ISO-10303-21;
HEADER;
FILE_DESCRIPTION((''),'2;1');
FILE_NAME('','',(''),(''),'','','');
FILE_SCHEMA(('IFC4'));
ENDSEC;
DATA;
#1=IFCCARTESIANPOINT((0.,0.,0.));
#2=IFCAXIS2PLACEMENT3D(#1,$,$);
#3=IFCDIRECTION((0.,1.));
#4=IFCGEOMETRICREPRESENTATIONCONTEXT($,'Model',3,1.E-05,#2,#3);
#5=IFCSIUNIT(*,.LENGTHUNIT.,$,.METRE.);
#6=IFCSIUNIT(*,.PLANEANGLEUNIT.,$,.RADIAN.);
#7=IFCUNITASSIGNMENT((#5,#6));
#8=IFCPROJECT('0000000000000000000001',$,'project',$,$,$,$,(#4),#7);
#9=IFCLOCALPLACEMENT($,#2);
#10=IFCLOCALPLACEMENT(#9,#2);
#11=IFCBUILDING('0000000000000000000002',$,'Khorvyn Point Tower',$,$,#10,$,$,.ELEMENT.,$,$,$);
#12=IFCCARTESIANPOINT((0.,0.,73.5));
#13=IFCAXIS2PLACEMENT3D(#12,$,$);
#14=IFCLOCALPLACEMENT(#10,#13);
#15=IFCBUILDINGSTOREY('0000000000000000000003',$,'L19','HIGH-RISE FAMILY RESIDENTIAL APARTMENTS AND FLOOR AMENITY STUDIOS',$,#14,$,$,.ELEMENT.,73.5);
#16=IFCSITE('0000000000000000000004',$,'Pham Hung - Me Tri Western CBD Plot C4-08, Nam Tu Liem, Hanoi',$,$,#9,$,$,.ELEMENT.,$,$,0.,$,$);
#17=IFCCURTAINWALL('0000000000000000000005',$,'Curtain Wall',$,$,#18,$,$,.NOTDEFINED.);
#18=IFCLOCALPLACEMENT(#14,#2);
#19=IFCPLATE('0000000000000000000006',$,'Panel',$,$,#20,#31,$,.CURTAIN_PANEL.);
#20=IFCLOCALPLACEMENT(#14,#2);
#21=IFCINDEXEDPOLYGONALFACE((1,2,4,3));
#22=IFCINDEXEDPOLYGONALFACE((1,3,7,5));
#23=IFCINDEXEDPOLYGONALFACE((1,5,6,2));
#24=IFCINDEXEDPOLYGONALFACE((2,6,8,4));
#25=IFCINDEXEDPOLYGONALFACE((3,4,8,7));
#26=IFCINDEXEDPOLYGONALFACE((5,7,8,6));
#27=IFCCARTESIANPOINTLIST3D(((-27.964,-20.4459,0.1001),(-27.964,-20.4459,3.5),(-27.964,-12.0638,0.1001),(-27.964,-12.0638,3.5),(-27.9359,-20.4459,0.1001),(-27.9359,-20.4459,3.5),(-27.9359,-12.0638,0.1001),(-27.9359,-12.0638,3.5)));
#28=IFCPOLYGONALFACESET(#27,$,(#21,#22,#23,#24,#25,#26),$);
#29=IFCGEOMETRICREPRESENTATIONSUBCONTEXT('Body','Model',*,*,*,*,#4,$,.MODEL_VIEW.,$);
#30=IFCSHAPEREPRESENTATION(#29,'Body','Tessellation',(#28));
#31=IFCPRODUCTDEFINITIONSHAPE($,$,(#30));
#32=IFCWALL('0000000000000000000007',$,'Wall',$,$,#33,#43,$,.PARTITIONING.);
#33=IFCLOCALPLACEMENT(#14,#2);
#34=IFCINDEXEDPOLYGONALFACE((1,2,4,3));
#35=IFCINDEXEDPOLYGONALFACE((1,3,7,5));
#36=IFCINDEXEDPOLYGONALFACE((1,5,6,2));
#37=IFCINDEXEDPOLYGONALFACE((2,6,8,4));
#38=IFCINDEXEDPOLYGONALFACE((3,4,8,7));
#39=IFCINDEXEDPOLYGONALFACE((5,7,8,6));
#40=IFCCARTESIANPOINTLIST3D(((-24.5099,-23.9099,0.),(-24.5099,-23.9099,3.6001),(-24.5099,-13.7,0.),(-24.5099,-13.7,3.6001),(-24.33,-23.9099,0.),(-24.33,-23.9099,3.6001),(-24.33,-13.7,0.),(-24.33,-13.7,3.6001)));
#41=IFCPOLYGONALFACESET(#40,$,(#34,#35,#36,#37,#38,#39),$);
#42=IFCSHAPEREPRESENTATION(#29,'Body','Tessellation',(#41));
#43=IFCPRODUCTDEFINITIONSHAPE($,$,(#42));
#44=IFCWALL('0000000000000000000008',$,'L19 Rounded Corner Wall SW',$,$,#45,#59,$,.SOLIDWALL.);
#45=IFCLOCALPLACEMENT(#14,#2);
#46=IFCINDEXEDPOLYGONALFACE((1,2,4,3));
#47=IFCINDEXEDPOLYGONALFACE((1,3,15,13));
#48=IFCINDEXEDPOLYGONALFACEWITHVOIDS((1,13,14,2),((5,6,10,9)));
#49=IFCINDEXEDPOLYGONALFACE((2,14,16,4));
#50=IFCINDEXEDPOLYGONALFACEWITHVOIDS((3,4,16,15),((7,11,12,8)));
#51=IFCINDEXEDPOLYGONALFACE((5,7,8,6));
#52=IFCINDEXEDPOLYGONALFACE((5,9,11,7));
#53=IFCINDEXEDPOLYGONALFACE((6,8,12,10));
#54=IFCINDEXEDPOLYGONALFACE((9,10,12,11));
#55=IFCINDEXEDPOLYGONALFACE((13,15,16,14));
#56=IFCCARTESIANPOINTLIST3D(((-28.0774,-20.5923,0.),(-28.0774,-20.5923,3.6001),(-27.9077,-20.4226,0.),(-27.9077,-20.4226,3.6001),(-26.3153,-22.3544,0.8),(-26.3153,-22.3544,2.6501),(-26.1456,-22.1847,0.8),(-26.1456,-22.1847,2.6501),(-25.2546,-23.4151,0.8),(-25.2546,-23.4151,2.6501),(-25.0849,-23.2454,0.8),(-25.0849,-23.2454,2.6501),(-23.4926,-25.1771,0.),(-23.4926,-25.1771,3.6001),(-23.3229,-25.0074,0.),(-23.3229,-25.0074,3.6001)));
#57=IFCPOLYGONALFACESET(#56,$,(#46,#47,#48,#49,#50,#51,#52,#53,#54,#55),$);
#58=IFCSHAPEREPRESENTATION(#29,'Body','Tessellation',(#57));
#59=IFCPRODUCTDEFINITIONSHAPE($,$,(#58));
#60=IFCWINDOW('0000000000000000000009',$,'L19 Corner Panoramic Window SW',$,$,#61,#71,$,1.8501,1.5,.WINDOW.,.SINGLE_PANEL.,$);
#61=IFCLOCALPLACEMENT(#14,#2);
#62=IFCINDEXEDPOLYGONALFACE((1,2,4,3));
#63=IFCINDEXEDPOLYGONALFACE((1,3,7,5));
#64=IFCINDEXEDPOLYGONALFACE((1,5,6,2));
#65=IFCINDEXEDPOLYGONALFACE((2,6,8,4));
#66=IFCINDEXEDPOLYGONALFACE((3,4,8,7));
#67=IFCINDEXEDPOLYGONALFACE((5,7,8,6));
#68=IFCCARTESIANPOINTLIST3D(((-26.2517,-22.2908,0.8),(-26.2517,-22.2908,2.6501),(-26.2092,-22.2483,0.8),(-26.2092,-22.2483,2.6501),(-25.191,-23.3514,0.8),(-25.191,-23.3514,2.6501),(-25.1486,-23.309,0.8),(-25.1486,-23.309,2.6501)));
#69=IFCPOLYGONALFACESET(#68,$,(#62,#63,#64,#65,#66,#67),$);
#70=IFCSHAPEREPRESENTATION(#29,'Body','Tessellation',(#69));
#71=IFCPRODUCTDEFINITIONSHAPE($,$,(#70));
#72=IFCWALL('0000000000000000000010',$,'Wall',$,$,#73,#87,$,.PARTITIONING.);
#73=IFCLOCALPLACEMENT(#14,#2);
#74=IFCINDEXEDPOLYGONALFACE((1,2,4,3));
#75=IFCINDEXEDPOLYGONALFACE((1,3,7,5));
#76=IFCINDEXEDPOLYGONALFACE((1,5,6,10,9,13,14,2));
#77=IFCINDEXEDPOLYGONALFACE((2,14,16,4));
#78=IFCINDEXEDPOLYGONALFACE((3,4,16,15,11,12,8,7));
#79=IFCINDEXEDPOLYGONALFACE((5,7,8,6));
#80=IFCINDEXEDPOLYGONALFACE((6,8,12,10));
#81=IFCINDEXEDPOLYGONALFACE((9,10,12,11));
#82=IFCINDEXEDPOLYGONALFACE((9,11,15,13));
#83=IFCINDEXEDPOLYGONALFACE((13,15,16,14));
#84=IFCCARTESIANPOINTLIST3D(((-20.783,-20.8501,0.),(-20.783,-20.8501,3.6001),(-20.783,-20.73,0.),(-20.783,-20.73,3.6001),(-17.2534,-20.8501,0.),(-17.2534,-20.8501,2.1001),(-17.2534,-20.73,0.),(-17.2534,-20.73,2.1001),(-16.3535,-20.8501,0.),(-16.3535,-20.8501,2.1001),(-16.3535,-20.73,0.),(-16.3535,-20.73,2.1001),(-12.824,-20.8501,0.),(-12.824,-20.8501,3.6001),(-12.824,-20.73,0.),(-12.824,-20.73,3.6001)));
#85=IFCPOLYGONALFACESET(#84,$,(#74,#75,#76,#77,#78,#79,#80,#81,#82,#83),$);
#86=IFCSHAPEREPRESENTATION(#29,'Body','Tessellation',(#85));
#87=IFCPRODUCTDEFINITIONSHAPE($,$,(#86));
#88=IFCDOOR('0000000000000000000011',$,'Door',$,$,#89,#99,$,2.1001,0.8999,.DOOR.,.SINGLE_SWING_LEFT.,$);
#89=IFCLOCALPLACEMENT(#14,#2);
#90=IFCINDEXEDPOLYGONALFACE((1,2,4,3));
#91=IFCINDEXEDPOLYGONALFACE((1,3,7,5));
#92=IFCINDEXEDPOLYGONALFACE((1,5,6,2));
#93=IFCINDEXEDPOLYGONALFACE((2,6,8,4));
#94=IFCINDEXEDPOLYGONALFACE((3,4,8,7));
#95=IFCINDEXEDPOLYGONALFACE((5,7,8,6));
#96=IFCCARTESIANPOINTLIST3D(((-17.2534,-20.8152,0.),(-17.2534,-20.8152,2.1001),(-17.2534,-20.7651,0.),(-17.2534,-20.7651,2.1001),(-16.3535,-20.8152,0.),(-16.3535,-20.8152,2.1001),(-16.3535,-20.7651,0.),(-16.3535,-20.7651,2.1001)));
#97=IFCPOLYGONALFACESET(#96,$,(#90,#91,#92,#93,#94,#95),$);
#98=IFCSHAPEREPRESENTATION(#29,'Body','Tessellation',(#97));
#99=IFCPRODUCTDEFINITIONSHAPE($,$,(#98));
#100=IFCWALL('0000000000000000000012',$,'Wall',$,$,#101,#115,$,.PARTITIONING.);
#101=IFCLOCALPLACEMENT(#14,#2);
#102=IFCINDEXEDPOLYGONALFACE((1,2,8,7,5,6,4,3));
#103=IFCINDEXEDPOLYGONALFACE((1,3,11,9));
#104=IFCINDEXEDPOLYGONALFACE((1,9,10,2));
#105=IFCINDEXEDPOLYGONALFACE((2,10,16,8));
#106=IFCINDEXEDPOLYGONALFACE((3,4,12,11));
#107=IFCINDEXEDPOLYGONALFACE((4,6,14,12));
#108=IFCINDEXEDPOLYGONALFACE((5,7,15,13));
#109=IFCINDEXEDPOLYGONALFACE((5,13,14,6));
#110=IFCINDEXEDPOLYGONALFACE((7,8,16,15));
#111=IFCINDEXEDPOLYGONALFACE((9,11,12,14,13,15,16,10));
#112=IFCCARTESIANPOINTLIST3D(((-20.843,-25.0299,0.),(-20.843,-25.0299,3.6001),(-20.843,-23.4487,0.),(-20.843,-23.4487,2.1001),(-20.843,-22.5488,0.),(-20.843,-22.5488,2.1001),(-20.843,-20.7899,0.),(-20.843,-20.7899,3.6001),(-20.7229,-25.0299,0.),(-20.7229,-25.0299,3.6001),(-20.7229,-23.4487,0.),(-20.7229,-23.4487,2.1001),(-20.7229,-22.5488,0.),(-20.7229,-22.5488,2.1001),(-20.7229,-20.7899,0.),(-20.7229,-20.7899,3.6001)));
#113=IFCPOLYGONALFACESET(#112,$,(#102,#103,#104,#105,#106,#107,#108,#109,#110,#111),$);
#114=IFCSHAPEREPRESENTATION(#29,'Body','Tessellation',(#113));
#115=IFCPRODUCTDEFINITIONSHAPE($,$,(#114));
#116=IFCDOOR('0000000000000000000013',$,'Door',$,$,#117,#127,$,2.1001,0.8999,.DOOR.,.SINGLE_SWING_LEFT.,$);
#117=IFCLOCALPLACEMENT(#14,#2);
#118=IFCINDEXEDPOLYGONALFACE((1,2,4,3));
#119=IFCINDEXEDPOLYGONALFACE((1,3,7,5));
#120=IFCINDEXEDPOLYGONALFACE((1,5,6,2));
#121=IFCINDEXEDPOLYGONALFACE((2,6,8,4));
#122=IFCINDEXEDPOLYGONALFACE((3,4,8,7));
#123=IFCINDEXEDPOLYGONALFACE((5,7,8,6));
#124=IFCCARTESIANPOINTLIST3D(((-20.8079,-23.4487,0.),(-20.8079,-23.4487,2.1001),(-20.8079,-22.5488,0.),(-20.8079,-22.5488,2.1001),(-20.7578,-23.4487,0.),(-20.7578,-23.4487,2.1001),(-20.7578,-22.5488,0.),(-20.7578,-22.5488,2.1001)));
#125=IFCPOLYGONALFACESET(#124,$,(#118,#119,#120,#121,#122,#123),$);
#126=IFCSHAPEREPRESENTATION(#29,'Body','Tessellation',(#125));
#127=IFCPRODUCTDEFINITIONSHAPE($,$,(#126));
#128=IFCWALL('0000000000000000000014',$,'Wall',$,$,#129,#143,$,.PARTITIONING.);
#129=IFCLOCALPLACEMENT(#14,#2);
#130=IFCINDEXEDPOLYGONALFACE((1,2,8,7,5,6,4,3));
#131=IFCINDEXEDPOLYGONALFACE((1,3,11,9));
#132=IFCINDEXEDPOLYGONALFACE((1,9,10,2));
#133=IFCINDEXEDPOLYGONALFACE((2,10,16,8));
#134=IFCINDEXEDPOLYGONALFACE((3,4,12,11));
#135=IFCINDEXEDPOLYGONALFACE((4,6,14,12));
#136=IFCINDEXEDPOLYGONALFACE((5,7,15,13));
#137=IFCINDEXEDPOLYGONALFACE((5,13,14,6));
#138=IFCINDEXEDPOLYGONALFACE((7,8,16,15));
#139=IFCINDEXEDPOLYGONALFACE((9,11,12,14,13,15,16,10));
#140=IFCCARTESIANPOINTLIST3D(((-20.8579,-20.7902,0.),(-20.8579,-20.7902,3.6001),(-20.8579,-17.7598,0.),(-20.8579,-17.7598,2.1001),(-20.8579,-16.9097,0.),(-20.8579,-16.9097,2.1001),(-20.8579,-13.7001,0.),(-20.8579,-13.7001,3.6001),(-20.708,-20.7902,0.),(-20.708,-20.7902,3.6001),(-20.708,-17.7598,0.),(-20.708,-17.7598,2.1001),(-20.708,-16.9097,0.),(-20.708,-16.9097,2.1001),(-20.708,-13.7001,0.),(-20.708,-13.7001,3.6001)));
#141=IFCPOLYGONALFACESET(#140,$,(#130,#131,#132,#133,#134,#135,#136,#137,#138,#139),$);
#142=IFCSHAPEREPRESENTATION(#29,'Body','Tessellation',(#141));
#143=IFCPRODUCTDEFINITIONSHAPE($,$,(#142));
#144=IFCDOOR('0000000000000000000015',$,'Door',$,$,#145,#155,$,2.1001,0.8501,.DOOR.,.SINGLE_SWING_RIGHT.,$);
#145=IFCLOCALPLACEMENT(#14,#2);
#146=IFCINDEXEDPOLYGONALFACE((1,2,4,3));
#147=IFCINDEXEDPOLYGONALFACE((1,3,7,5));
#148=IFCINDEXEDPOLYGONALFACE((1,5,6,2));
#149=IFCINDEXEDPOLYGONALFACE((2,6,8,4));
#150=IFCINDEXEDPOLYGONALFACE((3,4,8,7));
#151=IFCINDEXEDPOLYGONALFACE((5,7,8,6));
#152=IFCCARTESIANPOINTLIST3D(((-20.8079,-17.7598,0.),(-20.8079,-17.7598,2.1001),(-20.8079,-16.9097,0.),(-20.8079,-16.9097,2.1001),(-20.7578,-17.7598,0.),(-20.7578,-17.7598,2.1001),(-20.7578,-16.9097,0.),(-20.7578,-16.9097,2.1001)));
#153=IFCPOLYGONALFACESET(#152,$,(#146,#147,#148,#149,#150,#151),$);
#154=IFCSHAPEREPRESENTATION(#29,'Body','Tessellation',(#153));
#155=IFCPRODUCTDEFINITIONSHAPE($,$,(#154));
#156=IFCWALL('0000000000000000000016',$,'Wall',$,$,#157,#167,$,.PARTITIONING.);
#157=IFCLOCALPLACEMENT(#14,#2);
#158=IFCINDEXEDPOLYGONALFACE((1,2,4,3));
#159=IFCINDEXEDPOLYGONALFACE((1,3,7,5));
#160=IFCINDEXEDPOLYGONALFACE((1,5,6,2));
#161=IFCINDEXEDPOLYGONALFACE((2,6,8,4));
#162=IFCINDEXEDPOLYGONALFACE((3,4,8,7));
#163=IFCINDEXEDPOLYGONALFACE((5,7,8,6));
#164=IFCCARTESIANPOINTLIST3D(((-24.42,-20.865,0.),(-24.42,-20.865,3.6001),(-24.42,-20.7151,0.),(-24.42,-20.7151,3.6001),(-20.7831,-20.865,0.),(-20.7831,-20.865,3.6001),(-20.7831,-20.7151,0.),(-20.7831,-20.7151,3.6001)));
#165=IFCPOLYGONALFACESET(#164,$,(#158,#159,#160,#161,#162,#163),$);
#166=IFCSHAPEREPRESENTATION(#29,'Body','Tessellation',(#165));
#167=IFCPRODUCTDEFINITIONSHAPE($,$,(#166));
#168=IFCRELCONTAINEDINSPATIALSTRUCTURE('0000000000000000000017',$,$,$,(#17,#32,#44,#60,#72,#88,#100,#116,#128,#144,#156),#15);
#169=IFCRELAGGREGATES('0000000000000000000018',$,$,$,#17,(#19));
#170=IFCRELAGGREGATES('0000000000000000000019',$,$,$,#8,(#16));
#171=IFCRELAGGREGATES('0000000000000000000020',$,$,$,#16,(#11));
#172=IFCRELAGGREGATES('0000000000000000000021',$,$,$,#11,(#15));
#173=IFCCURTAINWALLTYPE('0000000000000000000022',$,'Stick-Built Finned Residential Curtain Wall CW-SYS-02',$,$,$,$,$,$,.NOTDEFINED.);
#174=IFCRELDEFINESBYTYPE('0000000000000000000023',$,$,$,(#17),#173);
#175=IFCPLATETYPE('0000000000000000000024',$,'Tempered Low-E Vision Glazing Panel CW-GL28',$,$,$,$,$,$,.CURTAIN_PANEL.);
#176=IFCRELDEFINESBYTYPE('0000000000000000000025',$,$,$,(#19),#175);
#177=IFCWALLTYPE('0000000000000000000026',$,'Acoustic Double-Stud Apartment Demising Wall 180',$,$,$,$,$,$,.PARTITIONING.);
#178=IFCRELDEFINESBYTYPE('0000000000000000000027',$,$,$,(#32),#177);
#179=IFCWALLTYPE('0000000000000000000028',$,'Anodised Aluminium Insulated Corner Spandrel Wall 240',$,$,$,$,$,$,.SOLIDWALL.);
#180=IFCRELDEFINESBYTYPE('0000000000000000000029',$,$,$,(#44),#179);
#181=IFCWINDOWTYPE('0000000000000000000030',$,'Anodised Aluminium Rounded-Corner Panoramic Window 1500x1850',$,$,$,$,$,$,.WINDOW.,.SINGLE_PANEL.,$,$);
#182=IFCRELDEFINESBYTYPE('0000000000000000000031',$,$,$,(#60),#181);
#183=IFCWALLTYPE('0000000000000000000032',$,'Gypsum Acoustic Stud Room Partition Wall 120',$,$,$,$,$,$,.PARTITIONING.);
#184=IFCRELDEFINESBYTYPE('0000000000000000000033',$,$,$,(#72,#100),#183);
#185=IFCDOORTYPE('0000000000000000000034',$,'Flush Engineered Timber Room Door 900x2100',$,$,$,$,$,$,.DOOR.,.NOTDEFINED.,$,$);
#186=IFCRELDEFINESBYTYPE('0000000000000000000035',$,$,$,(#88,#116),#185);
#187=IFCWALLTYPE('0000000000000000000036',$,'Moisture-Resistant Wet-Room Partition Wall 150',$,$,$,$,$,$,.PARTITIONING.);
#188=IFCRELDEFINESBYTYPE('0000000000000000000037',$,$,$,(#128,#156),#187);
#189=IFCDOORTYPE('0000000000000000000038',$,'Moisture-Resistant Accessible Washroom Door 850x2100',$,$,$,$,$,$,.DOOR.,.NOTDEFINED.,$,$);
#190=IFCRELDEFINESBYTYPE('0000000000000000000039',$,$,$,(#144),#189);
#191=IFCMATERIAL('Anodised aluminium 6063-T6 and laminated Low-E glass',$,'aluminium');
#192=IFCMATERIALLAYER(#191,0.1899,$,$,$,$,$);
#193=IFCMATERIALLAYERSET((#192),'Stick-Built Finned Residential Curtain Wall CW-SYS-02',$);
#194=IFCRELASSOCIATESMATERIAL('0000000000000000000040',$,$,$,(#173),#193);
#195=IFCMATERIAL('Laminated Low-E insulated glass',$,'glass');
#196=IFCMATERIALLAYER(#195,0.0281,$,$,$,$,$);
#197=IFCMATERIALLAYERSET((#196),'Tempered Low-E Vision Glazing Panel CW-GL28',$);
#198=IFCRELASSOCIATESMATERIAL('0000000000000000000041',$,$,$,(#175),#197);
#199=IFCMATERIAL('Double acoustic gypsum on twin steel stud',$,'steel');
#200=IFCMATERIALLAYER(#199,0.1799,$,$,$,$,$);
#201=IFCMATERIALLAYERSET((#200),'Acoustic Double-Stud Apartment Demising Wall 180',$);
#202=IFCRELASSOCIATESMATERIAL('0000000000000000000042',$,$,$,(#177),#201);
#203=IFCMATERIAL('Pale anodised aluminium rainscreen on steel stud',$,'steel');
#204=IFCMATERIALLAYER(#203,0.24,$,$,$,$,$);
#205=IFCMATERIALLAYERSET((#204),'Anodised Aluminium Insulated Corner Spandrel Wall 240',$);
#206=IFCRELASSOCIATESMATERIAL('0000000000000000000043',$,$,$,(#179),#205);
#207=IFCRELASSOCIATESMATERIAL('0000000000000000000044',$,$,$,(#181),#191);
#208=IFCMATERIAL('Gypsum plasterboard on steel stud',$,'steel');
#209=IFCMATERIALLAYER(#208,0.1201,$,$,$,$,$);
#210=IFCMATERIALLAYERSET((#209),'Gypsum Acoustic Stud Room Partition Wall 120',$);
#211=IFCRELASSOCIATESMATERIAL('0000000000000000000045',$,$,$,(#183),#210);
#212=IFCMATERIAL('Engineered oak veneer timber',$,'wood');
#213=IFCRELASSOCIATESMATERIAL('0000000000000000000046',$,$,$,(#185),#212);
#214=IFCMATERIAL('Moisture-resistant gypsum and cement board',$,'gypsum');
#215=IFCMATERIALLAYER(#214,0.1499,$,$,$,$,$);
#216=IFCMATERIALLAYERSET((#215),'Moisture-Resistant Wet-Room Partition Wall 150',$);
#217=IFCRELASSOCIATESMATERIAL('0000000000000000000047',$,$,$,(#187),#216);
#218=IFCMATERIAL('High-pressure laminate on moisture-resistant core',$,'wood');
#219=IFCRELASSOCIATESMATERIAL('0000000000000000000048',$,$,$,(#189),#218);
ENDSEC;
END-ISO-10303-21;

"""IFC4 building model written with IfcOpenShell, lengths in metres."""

from ifc_helpers import new_model, si_unit, direction, frame, frame_2d, origin, origin_2d, place, context, subcontext, project, spatial, rectangle, extrude, material, layer, layer_set, type_object, element, fill, aggregate, save


model = new_model("IFC4")

# Units and contexts
model_context = context("Model", 3, precision=1e-05, world=origin(), true_north=direction((0.0, 1.0)))
body_context = subcontext(model_context, "Body", "Model", "MODEL_VIEW")
ifc_project = project(units=[si_unit("LENGTHUNIT", "METRE"), si_unit("PLANEANGLEUNIT", "RADIAN")], contexts=[model_context])

# Site, building, storey
site_placement = place(None, origin())
site = spatial("IfcSite", under=ifc_project, at=site_placement, Name="Pham Hung - Me Tri Western CBD Plot C4-08, Nam Tu Liem, Hanoi", CompositionType="ELEMENT", RefElevation=0.0)
building_placement = place(site_placement, origin())
building = spatial("IfcBuilding", under=site, at=building_placement, Name="Khorvyn Point Tower", CompositionType="ELEMENT")
storey_placement = place(building_placement, frame((0.0, 0.0, 73.5)))
storey = spatial("IfcBuildingStorey", under=building, at=storey_placement, Name="L19", Description="HIGH-RISE FAMILY RESIDENTIAL APARTMENTS AND FLOOR AMENITY STUDIOS", CompositionType="ELEMENT", Elevation=73.5)

# Shared definitions
ifc_material_1 = material(Name="Anodised aluminium 6063-T6 and laminated Low-E glass", Category="aluminium")
ifc_layer_1 = layer(ifc_material_1, 0.1899)
ifc_layer_set_1 = layer_set([ifc_layer_1], Name="Stick-Built Finned Residential Curtain Wall CW-SYS-02")
curtain_wall_type = type_object("IfcCurtainWallType", Name="Stick-Built Finned Residential Curtain Wall CW-SYS-02", PredefinedType="NOTDEFINED", material=ifc_layer_set_1)

# Curtain wall
curtain_wall_1_placement = place(storey_placement, origin())
curtain_wall_1 = element("IfcCurtainWall", 1, at=curtain_wall_1_placement, inside=storey, type_object=curtain_wall_type, Name="Curtain Wall", PredefinedType="NOTDEFINED")

# Plate
ifc_material_2 = material(Name="Laminated Low-E insulated glass", Category="glass")
ifc_layer_2 = layer(ifc_material_2, 0.0281)
ifc_layer_set_2 = layer_set([ifc_layer_2], Name="Tempered Low-E Vision Glazing Panel CW-GL28")
plate_type = type_object("IfcPlateType", Name="Tempered Low-E Vision Glazing Panel CW-GL28", PredefinedType="CURTAIN_PANEL", material=ifc_layer_set_2)
plate_1_placement = place(storey_placement, frame((-27.95, -16.2549, 0.1001), z_axis=(0.0, 0.0, 1.0), x_axis=(0.0, 1.0, 0.0)))
plate_1 = element("IfcPlate", 2, at=plate_1_placement, type_object=plate_type, Name="Panel", PredefinedType="CURTAIN_PANEL", context=body_context, shape_type="SweptSolid", body=[
    extrude(rectangle(XDim=8.3821, YDim=0.0281, at=origin_2d()), origin(), (0.0, 0.0, 1.0), 3.3999),
])
aggregate(curtain_wall_1, [plate_1])

# Wall
ifc_material_3 = material(Name="Double acoustic gypsum on twin steel stud", Category="steel")
ifc_layer_3 = layer(ifc_material_3, 0.1799)
ifc_layer_set_3 = layer_set([ifc_layer_3], Name="Acoustic Double-Stud Apartment Demising Wall 180")
wall_type_1 = type_object("IfcWallType", Name="Acoustic Double-Stud Apartment Demising Wall 180", PredefinedType="PARTITIONING", material=ifc_layer_set_3)
wall_1_placement = place(storey_placement, frame((-24.4199, -23.9099, 0.0), z_axis=(0.0, 0.0, 1.0), x_axis=(0.0, 1.0, 0.0)))
element("IfcWall", 3, at=wall_1_placement, inside=storey, type_object=wall_type_1, Name="Wall", PredefinedType="PARTITIONING", context=body_context, shape_type="SweptSolid", body=[
    extrude(rectangle(XDim=10.21, YDim=0.1799, at=frame_2d((5.105, 0.0))), origin(), (0.0, 0.0, 1.0), 3.6001),
])

# Wall, opening, window
ifc_material_4 = material(Name="Pale anodised aluminium rainscreen on steel stud", Category="steel")
ifc_layer_4 = layer(ifc_material_4, 0.24)
ifc_layer_set_4 = layer_set([ifc_layer_4], Name="Anodised Aluminium Insulated Corner Spandrel Wall 240")
wall_type_2 = type_object("IfcWallType", Name="Anodised Aluminium Insulated Corner Spandrel Wall 240", PredefinedType="SOLIDWALL", material=ifc_layer_set_4)
wall_2_placement = place(storey_placement, frame((-23.4077, -25.0923, 0.0), z_axis=(0.0, 0.0, 1.0), x_axis=(-0.707107, 0.707107, 0.0)))
wall_2 = element("IfcWall", 4, at=wall_2_placement, inside=storey, type_object=wall_type_2, Name="L19 Rounded Corner Wall SW", PredefinedType="SOLIDWALL", context=body_context, shape_type="SweptSolid", body=[
    extrude(rectangle(XDim=6.4839, YDim=0.24, at=frame_2d((3.2419, 0.0))), origin(), (0.0, 0.0, 1.0), 3.6001),
])
opening_1_placement = place(wall_2_placement, frame((2.4919, 0.0, 0.8)))
opening_1 = element("IfcOpeningElement", 5, at=opening_1_placement, cuts=wall_2, PredefinedType="OPENING", context=body_context, shape_type="SweptSolid", body=[
    extrude(rectangle(XDim=1.5, YDim=1.8501, at=frame_2d((0.75, 0.925))), frame((0.0, 0.1299, 0.0), z_axis=(0.0, -1.0, 0.0), x_axis=(1.0, 0.0, 0.0)), (0.0, 0.0, 1.0), 0.26),
])
window_type = type_object("IfcWindowType", Name="Anodised Aluminium Rounded-Corner Panoramic Window 1500x1850", PartitioningType="SINGLE_PANEL", PredefinedType="WINDOW", material=ifc_material_1)
window_placement = place(opening_1_placement, origin())
window = element("IfcWindow", 6, at=window_placement, inside=storey, type_object=window_type, Name="L19 Corner Panoramic Window SW", OverallHeight=1.8501, OverallWidth=1.5, PartitioningType="SINGLE_PANEL", PredefinedType="WINDOW", context=body_context, shape_type="SweptSolid", body=[
    extrude(rectangle(XDim=1.5, YDim=1.8501, at=frame_2d((0.75, 0.925))), frame((0.0, 0.03, 0.0), z_axis=(0.0, -1.0, 0.0), x_axis=(1.0, 0.0, 0.0)), (0.0, 0.0, 1.0), 0.0601),
])
fill(opening_1, window)

# Walls, openings, doors
ifc_material_5 = material(Name="Gypsum plasterboard on steel stud", Category="steel")
ifc_layer_5 = layer(ifc_material_5, 0.1201)
ifc_layer_set_5 = layer_set([ifc_layer_5], Name="Gypsum Acoustic Stud Room Partition Wall 120")
wall_type_3 = type_object("IfcWallType", Name="Gypsum Acoustic Stud Room Partition Wall 120", PredefinedType="PARTITIONING", material=ifc_layer_set_5)
wall_3_placement = place(storey_placement, frame((-20.783, -20.79, 0.0), z_axis=(0.0, 0.0, 1.0), x_axis=(1.0, 0.0, 0.0)))
wall_3 = element("IfcWall", 7, at=wall_3_placement, inside=storey, type_object=wall_type_3, Name="Wall", PredefinedType="PARTITIONING", context=body_context, shape_type="SweptSolid", body=[
    extrude(rectangle(XDim=7.959, YDim=0.1201, at=frame_2d((3.9795, 0.0))), origin(), (0.0, 0.0, 1.0), 3.6001),
])
opening_2_placement = place(wall_3_placement, frame((3.5295, 0.0, 0.0)))
opening_2 = element("IfcOpeningElement", 8, at=opening_2_placement, cuts=wall_3, PredefinedType="OPENING", context=body_context, shape_type="SweptSolid", body=[
    extrude(rectangle(XDim=0.8999, YDim=2.1001, at=frame_2d((0.45, 1.05))), frame((0.0, 0.0701, 0.0), z_axis=(0.0, -1.0, 0.0), x_axis=(1.0, 0.0, 0.0)), (0.0, 0.0, 1.0), 0.1401),
])
ifc_material_6 = material(Name="Engineered oak veneer timber", Category="wood")
door_type_1 = type_object("IfcDoorType", Name="Flush Engineered Timber Room Door 900x2100", OperationType="NOTDEFINED", PredefinedType="DOOR", material=ifc_material_6)
door_1_placement = place(opening_2_placement, origin())
door_1 = element("IfcDoor", 9, at=door_1_placement, inside=storey, type_object=door_type_1, Name="Door", OperationType="SINGLE_SWING_LEFT", OverallHeight=2.1001, OverallWidth=0.8999, PredefinedType="DOOR", context=body_context, shape_type="SweptSolid", body=[
    extrude(rectangle(XDim=0.8999, YDim=2.1001, at=frame_2d((0.45, 1.05))), frame((0.0, 0.0249, 0.0), z_axis=(0.0, -1.0, 0.0), x_axis=(1.0, 0.0, 0.0)), (0.0, 0.0, 1.0), 0.05),
])
fill(opening_2, door_1)
wall_4_placement = place(storey_placement, frame((-20.783, -25.03, 0.0), z_axis=(0.0, 0.0, 1.0), x_axis=(0.0, 1.0, 0.0)))
wall_4 = element("IfcWall", 10, at=wall_4_placement, inside=storey, type_object=wall_type_3, Name="Wall", PredefinedType="PARTITIONING", context=body_context, shape_type="SweptSolid", body=[
    extrude(rectangle(XDim=4.24, YDim=0.1201, at=frame_2d((2.1201, 0.0))), origin(), (0.0, 0.0, 1.0), 3.6001),
])
opening_3_placement = place(wall_4_placement, frame((1.5813, 0.0, 0.0)))
opening_3 = element("IfcOpeningElement", 11, at=opening_3_placement, cuts=wall_4, PredefinedType="OPENING", context=body_context, shape_type="SweptSolid", body=[
    extrude(rectangle(XDim=0.8999, YDim=2.1001, at=frame_2d((0.45, 1.05))), frame((0.0, 0.0701, 0.0), z_axis=(0.0, -1.0, 0.0), x_axis=(1.0, 0.0, 0.0)), (0.0, 0.0, 1.0), 0.1401),
])
door_2_placement = place(opening_3_placement, origin())
door_2 = element("IfcDoor", 12, at=door_2_placement, inside=storey, type_object=door_type_1, Name="Door", OperationType="SINGLE_SWING_LEFT", OverallHeight=2.1001, OverallWidth=0.8999, PredefinedType="DOOR", context=body_context, shape_type="SweptSolid", body=[
    extrude(rectangle(XDim=0.8999, YDim=2.1001, at=frame_2d((0.45, 1.05))), frame((0.0, 0.0249, 0.0), z_axis=(0.0, -1.0, 0.0), x_axis=(1.0, 0.0, 0.0)), (0.0, 0.0, 1.0), 0.05),
])
fill(opening_3, door_2)
ifc_material_7 = material(Name="Moisture-resistant gypsum and cement board", Category="gypsum")
ifc_layer_6 = layer(ifc_material_7, 0.1499)
ifc_layer_set_6 = layer_set([ifc_layer_6], Name="Moisture-Resistant Wet-Room Partition Wall 150")
wall_type_4 = type_object("IfcWallType", Name="Moisture-Resistant Wet-Room Partition Wall 150", PredefinedType="PARTITIONING", material=ifc_layer_set_6)
wall_5_placement = place(storey_placement, frame((-20.783, -20.79, 0.0), z_axis=(0.0, 0.0, 1.0), x_axis=(0.0, 1.0, 0.0)))
wall_5 = element("IfcWall", 13, at=wall_5_placement, inside=storey, type_object=wall_type_4, Name="Wall", PredefinedType="PARTITIONING", context=body_context, shape_type="SweptSolid", body=[
    extrude(rectangle(XDim=7.0901, YDim=0.1499, at=frame_2d((3.5449, 0.0))), origin(), (0.0, 0.0, 1.0), 3.6001),
])
opening_4_placement = place(wall_5_placement, frame((3.0303, 0.0, 0.0)))
opening_4 = element("IfcOpeningElement", 14, at=opening_4_placement, cuts=wall_5, PredefinedType="OPENING", context=body_context, shape_type="SweptSolid", body=[
    extrude(rectangle(XDim=0.8501, YDim=2.1001, at=frame_2d((0.425, 1.05))), frame((0.0, 0.085, 0.0), z_axis=(0.0, -1.0, 0.0), x_axis=(1.0, 0.0, 0.0)), (0.0, 0.0, 1.0), 0.1699),
])
ifc_material_8 = material(Name="High-pressure laminate on moisture-resistant core", Category="wood")
door_type_2 = type_object("IfcDoorType", Name="Moisture-Resistant Accessible Washroom Door 850x2100", OperationType="NOTDEFINED", PredefinedType="DOOR", material=ifc_material_8)
door_3_placement = place(opening_4_placement, origin())
door_3 = element("IfcDoor", 15, at=door_3_placement, inside=storey, type_object=door_type_2, Name="Door", OperationType="SINGLE_SWING_RIGHT", OverallHeight=2.1001, OverallWidth=0.8501, PredefinedType="DOOR", context=body_context, shape_type="SweptSolid", body=[
    extrude(rectangle(XDim=0.8501, YDim=2.1001, at=frame_2d((0.425, 1.05))), frame((0.0, 0.0249, 0.0), z_axis=(0.0, -1.0, 0.0), x_axis=(1.0, 0.0, 0.0)), (0.0, 0.0, 1.0), 0.05),
])
fill(opening_4, door_3)

# Wall
wall_6_placement = place(storey_placement, frame((-24.4199, -20.79, 0.0), z_axis=(0.0, 0.0, 1.0), x_axis=(1.0, 0.0, 0.0)))
element("IfcWall", 16, at=wall_6_placement, inside=storey, type_object=wall_type_4, Name="Wall", PredefinedType="PARTITIONING", context=body_context, shape_type="SweptSolid", body=[
    extrude(rectangle(XDim=3.637, YDim=0.1499, at=frame_2d((1.8184, 0.0))), origin(), (0.0, 0.0, 1.0), 3.6001),
])

save(model, "model.ifc")
